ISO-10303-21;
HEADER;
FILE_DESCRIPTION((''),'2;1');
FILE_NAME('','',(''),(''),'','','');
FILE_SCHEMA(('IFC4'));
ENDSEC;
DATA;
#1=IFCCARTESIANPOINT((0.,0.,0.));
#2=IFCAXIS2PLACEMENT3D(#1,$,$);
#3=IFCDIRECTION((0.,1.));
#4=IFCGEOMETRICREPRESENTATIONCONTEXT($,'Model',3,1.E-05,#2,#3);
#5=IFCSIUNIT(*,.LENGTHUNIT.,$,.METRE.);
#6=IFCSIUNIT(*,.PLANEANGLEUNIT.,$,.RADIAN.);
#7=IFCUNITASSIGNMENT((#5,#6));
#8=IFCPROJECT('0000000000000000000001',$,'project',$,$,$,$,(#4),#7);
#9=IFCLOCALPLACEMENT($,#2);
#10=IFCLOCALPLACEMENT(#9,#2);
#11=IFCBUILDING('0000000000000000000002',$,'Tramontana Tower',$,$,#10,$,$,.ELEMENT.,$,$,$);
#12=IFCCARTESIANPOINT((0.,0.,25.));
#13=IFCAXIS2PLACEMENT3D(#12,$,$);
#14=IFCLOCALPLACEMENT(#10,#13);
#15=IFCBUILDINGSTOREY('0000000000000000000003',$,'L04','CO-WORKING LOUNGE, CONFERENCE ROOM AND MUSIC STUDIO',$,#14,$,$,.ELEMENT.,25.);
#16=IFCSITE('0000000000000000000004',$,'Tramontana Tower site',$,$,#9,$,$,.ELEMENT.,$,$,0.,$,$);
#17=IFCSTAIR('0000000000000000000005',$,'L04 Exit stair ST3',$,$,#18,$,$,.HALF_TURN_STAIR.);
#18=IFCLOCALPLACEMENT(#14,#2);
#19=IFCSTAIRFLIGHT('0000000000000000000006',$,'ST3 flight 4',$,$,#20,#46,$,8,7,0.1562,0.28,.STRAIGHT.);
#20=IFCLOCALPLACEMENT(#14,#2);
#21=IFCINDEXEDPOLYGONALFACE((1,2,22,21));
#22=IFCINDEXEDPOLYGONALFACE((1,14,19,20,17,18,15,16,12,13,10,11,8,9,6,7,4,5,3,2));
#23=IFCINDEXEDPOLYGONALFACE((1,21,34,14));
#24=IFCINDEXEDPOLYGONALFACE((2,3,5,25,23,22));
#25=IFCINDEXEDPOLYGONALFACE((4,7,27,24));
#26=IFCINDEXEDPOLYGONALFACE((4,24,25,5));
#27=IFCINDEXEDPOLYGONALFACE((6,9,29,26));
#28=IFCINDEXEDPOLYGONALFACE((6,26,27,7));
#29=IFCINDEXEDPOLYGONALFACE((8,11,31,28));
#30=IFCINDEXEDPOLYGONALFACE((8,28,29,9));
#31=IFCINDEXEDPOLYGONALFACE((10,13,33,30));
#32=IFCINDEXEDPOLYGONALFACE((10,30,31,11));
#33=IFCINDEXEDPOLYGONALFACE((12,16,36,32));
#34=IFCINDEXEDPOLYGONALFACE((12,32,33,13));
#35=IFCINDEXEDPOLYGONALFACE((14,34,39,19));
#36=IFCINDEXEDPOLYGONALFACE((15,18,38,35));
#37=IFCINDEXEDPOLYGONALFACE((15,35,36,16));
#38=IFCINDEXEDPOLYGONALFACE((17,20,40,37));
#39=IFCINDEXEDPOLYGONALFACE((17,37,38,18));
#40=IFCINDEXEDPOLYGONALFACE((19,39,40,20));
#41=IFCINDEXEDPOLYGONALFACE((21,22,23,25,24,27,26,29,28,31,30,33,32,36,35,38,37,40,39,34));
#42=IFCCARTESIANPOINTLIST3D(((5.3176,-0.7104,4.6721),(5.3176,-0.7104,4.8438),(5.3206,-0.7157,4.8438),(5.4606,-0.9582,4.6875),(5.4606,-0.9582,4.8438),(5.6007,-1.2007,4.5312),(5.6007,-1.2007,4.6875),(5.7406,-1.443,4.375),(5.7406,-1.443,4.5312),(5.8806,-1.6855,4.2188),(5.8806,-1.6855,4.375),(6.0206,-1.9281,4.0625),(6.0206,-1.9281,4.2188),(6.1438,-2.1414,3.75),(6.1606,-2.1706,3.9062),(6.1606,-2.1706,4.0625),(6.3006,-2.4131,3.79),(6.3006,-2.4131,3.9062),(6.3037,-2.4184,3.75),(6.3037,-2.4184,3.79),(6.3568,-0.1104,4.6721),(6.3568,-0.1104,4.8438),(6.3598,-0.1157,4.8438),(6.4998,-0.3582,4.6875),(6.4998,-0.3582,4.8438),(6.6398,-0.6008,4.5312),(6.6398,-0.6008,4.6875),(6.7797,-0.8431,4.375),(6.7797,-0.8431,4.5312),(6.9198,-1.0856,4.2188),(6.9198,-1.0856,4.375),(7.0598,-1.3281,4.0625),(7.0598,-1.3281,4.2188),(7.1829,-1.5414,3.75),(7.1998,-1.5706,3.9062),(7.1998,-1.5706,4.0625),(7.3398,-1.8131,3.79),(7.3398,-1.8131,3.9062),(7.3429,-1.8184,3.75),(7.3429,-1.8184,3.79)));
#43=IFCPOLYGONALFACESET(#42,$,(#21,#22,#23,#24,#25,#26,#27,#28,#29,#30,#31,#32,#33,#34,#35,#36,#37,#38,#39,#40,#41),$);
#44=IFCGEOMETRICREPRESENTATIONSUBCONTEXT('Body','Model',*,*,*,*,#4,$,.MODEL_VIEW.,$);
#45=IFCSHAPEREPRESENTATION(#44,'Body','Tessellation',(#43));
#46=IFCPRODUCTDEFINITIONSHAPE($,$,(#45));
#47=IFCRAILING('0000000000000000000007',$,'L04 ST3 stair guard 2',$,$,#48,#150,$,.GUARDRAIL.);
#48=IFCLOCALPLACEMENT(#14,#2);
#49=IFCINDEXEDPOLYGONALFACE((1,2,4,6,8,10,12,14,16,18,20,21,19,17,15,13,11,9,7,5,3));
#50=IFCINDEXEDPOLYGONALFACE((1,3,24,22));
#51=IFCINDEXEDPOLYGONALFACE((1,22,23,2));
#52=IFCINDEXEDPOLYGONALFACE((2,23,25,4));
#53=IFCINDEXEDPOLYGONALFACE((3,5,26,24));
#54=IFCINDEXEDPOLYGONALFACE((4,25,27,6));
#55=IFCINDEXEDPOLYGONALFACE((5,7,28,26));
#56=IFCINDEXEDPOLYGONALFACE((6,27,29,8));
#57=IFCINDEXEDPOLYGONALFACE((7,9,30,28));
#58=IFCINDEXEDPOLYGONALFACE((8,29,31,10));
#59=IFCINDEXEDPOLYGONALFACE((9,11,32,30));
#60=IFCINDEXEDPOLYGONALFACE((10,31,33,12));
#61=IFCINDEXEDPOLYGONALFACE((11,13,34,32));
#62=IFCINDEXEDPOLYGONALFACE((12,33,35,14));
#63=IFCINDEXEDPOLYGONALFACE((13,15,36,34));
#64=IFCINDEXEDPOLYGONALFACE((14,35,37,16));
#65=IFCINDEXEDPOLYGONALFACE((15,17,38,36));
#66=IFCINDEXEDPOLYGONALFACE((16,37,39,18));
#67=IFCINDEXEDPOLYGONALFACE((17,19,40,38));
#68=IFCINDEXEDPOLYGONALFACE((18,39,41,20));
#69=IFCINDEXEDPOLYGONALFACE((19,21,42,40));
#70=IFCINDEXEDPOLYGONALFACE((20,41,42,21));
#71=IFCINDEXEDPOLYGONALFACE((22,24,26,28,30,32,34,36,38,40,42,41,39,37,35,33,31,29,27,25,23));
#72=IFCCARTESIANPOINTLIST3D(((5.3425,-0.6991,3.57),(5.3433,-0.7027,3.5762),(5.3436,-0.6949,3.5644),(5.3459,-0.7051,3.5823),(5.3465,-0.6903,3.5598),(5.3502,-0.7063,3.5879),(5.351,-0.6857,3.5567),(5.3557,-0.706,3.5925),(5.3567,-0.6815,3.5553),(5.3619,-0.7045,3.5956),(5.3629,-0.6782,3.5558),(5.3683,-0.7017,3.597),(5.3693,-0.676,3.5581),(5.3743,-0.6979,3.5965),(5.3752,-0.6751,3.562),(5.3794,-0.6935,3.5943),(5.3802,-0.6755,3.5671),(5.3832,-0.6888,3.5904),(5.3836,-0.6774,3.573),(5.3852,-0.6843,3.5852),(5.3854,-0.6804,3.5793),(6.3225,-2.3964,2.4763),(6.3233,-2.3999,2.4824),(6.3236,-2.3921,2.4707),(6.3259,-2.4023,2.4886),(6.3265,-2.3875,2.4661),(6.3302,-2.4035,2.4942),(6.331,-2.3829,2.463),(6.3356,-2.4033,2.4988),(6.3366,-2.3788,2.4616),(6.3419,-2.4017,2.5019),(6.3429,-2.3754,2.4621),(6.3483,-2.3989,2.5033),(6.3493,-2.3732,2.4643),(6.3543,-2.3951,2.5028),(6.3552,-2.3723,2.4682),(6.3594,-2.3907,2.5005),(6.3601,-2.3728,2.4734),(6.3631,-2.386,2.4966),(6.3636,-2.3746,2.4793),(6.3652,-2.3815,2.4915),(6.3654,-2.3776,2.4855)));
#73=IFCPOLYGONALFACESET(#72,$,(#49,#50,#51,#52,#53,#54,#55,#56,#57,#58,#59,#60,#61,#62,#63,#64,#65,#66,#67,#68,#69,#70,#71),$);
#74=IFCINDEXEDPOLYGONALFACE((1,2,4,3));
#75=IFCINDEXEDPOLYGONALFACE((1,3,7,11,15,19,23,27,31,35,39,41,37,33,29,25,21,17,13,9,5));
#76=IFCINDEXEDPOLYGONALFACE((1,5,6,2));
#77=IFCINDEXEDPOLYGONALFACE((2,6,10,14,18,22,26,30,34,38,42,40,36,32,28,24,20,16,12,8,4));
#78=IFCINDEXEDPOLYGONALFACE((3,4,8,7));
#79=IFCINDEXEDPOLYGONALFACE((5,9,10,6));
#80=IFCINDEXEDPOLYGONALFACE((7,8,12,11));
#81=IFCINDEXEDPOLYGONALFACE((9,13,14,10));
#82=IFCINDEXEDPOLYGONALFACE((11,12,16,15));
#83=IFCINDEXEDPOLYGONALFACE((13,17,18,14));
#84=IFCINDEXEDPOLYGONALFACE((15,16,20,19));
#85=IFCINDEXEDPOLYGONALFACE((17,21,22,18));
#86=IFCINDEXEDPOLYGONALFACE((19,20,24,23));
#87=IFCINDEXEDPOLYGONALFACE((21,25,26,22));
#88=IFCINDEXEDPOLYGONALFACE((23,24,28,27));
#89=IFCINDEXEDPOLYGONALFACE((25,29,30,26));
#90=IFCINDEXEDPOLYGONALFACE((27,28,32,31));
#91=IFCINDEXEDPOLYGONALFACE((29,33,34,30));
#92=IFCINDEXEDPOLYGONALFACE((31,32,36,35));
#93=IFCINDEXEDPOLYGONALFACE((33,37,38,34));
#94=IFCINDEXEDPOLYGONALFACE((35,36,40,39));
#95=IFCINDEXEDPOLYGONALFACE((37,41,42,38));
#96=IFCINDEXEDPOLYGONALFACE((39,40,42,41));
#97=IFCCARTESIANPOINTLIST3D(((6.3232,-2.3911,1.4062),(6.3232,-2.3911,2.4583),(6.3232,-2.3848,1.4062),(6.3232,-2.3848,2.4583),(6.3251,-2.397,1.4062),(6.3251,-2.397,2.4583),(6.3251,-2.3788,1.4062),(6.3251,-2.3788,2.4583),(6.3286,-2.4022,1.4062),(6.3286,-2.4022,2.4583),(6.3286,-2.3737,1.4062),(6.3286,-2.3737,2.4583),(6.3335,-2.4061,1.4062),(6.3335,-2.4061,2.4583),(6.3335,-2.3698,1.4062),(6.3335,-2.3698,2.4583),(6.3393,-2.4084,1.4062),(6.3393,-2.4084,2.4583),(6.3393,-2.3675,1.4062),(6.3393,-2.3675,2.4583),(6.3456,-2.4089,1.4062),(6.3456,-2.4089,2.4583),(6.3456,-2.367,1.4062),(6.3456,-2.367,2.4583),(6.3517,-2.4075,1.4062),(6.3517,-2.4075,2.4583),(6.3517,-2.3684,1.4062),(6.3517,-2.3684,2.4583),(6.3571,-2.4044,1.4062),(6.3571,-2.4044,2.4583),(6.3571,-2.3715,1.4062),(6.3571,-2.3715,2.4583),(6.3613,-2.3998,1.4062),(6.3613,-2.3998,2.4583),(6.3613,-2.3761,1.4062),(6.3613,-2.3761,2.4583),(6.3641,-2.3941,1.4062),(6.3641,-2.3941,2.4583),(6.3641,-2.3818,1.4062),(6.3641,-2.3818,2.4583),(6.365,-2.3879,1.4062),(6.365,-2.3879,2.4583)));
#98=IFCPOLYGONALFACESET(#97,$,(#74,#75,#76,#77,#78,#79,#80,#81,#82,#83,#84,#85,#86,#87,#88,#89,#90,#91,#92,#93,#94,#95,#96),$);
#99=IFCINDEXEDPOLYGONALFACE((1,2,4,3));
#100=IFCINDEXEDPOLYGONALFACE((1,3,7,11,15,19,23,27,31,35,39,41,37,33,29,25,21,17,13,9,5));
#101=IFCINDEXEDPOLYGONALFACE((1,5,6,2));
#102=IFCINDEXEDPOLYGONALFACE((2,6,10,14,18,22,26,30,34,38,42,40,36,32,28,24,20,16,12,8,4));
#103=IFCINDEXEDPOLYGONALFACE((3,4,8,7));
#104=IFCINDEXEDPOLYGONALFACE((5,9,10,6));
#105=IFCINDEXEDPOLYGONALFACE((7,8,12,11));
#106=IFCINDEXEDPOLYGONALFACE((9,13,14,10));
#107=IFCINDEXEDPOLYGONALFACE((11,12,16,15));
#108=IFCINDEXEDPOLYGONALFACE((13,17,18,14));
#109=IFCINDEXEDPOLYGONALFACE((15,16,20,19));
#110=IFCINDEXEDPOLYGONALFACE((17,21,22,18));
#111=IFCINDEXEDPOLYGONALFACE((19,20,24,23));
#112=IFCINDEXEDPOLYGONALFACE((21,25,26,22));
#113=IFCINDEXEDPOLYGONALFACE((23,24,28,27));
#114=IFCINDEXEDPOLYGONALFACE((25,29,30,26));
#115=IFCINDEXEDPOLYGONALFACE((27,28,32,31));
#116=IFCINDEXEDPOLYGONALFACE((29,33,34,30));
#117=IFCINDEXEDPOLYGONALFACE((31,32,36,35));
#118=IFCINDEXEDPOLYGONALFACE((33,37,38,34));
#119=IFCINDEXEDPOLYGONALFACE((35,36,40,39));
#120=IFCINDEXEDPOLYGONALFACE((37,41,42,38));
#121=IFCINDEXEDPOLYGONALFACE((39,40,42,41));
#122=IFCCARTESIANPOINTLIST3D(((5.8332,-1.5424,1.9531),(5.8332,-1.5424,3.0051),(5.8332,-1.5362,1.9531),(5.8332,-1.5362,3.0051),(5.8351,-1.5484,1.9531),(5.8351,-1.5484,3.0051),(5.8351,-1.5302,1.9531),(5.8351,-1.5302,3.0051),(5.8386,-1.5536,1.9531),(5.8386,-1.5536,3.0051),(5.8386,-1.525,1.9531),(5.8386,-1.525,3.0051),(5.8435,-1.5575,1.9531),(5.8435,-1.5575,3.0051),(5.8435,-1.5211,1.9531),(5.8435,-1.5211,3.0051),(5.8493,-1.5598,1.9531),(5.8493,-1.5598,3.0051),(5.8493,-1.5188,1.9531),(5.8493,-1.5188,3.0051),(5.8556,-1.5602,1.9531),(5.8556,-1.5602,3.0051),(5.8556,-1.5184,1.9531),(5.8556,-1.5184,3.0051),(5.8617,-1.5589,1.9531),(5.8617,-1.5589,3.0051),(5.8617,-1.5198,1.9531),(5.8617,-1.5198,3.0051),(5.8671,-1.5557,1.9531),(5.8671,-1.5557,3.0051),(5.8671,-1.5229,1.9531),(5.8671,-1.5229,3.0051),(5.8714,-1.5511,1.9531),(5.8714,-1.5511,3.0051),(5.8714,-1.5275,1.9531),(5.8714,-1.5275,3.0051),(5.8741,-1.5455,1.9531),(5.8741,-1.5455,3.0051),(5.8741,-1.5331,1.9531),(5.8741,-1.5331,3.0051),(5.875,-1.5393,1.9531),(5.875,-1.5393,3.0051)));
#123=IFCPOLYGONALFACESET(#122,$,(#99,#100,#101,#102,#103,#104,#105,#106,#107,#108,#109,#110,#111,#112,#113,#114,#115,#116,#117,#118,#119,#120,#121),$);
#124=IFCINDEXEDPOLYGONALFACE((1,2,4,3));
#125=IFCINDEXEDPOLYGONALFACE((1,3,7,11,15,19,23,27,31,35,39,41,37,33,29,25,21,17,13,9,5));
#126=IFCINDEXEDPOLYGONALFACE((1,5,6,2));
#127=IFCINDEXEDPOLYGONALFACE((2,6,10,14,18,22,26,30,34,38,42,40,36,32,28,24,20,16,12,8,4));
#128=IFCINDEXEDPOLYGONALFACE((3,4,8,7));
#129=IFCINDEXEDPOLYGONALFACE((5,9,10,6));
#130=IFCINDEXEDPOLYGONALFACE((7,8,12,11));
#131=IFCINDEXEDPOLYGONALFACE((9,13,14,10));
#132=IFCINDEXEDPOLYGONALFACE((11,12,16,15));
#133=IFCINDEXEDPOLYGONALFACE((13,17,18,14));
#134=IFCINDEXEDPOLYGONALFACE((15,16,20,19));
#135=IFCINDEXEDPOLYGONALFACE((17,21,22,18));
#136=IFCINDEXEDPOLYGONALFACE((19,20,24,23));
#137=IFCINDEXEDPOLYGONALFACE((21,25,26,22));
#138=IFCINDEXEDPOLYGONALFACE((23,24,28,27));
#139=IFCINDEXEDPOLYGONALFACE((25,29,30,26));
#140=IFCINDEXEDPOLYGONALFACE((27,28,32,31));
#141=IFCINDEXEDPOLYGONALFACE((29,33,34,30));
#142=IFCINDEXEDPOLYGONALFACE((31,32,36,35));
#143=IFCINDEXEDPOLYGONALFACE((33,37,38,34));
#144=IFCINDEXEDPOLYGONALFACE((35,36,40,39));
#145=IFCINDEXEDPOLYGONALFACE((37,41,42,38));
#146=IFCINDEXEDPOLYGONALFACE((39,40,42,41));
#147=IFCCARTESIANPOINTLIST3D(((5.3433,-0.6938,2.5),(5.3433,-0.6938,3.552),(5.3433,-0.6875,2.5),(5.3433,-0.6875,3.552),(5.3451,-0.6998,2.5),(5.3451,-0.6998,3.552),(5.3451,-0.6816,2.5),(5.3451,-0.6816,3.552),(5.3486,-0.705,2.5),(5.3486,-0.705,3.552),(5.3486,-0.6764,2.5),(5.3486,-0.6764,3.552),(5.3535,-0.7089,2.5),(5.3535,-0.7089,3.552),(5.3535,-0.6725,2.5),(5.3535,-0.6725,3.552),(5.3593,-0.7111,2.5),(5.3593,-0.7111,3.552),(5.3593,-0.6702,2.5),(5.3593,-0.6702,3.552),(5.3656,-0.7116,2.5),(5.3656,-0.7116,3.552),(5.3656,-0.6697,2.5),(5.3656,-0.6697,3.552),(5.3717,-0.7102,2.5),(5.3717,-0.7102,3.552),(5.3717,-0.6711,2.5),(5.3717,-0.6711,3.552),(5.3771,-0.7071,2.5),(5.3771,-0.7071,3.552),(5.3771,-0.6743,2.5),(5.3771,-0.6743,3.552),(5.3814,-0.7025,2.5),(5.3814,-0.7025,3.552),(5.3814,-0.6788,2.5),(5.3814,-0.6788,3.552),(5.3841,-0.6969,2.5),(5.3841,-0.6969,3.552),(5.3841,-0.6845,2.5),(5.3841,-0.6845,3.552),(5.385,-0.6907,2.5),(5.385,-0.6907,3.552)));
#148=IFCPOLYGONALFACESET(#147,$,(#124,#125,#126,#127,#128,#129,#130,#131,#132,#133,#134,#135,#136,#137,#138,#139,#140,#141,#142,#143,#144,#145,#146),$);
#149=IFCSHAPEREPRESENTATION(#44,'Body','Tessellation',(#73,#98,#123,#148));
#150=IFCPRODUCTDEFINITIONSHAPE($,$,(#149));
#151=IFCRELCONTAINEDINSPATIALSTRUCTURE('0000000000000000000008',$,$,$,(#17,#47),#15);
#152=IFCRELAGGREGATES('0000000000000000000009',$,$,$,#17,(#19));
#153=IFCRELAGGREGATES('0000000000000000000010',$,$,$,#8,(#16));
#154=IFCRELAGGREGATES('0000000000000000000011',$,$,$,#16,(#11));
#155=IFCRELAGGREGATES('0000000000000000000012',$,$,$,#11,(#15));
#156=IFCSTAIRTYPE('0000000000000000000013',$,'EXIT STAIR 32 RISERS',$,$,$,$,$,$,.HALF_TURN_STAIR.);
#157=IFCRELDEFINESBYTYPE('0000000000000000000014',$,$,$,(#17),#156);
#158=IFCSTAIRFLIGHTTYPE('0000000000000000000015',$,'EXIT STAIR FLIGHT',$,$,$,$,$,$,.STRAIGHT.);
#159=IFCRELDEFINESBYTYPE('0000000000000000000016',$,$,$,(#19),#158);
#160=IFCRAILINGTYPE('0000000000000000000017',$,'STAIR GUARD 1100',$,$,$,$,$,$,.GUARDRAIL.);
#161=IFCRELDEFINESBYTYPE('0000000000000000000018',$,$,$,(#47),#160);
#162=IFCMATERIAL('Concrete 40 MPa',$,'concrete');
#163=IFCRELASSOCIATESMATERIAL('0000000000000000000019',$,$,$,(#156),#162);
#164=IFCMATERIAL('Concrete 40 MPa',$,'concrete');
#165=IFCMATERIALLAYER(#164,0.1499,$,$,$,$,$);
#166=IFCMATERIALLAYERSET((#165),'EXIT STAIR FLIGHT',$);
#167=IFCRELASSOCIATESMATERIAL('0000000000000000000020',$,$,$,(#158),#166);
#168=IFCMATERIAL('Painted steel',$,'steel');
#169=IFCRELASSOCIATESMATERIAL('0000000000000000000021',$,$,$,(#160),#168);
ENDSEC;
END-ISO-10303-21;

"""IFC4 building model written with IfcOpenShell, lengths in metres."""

from ifc_helpers import new_model, si_unit, direction, frame, origin, origin_2d, place, context, subcontext, project, spatial, polyline, circle, outline, extrude, material, layer, layer_set, type_object, element, aggregate, save


model = new_model("IFC4")

# Units and contexts
model_context = context("Model", 3, precision=1e-05, world=origin(), true_north=direction((0.0, 1.0)))
body_context = subcontext(model_context, "Body", "Model", "MODEL_VIEW")
ifc_project = project(units=[si_unit("LENGTHUNIT", "METRE"), si_unit("PLANEANGLEUNIT", "RADIAN")], contexts=[model_context])

# Site, building, storey
site_placement = place(None, origin())
site = spatial("IfcSite", under=ifc_project, at=site_placement, Name="Tramontana Tower site", CompositionType="ELEMENT", RefElevation=0.0)
building_placement = place(site_placement, origin())
building = spatial("IfcBuilding", under=site, at=building_placement, Name="Tramontana Tower", CompositionType="ELEMENT")
storey_placement = place(building_placement, frame((0.0, 0.0, 25.0)))
storey = spatial("IfcBuildingStorey", under=building, at=storey_placement, Name="L04", Description="CO-WORKING LOUNGE, CONFERENCE ROOM AND MUSIC STUDIO", CompositionType="ELEMENT", Elevation=25.0)

# Stair, stair flight
ifc_material_1 = material(Name="Concrete 40 MPa", Category="concrete")
stair_type = type_object("IfcStairType", Name="EXIT STAIR 32 RISERS", PredefinedType="HALF_TURN_STAIR", material=ifc_material_1)
stair_placement = place(storey_placement, origin())
stair = element("IfcStair", 1, at=stair_placement, inside=storey, type_object=stair_type, Name="L04 Exit stair ST3", PredefinedType="HALF_TURN_STAIR")
ifc_material_2 = material(Name="Concrete 40 MPa", Category="concrete")
ifc_layer_1 = layer(ifc_material_2, 0.1499)
ifc_layer_set_1 = layer_set([ifc_layer_1], Name="EXIT STAIR FLIGHT")
stair_flight_type = type_object("IfcStairFlightType", Name="EXIT STAIR FLIGHT", PredefinedType="STRAIGHT", material=ifc_layer_set_1)
stair_flight_1_placement = place(storey_placement, frame((6.8203, -2.113, 3.75), z_axis=(0.0, 0.0, 1.0), x_axis=(-0.5, 0.866025, 0.0)))
stair_flight_1 = element("IfcStairFlight", 2, at=stair_flight_1_placement, type_object=stair_flight_type, Name="ST3 flight 4", NumberOfRisers=8, NumberOfTreads=7, PredefinedType="STRAIGHT", RiserHeight=0.1562, TreadLength=0.28, context=body_context, shape_type="SweptSolid", body=[
    extrude(outline(polyline([(-0.0061, 0.0), (-0.0061, 0.04), (0.0, 0.04), (0.0, 0.1562), (0.28, 0.1562), (0.28, 0.3125), (0.5601, 0.3125), (0.5601, 0.4688), (0.8401, 0.4688), (0.8401, 0.625), (1.1201, 0.625), (1.1201, 0.7812), (1.3999, 0.7812), (1.3999, 0.9375), (1.6799, 0.9375), (1.6799, 1.0938), (1.96, 1.0938), (1.9661, 1.0938), (1.9661, 0.9221), (0.3137, 0.0), (-0.0061, 0.0)])), frame((0.0, 0.6001, 0.0), z_axis=(0.0, -1.0, 0.0), x_axis=(1.0, 0.0, 0.0)), (0.0, 0.0, 1.0), 1.2),
])
aggregate(stair, [stair_flight_1])

# Railing
ifc_material_3 = material(Name="Painted steel", Category="steel")
railing_type_1 = type_object("IfcRailingType", Name="STAIR GUARD 1100", PredefinedType="GUARDRAIL", material=ifc_material_3)
for number, where, name in (
    (3, (6.344, -2.3879, 1.4062), "L04 ST3 stair guard 2"),
):
    element("IfcRailing", number, at=place(storey_placement, frame(where)), inside=storey, type_object=railing_type_1, Name=name, PredefinedType="GUARDRAIL", context=body_context, shape_type="SweptSolid", body=[
        extrude(circle(Radius=0.0239, at=origin_2d()), frame((0.0, 0.0, 1.0762), z_axis=(-0.436632, 0.75622, 0.487323), x_axis=(-0.866011, -0.500024, 0.0)), (0.0, 0.0, 1.0), 2.2444),
        extrude(circle(Radius=0.021, at=origin_2d()), origin(), (0.0, 0.0, 1.0), 1.052),
        extrude(circle(Radius=0.021, at=origin_2d()), frame((-0.49, 0.8486, 0.5469)), (0.0, 0.0, 1.0), 1.052),
        extrude(circle(Radius=0.021, at=origin_2d()), frame((-0.98, 1.6973, 1.0938)), (0.0, 0.0, 1.0), 1.052),
    ])

save(model, "model.ifc")
